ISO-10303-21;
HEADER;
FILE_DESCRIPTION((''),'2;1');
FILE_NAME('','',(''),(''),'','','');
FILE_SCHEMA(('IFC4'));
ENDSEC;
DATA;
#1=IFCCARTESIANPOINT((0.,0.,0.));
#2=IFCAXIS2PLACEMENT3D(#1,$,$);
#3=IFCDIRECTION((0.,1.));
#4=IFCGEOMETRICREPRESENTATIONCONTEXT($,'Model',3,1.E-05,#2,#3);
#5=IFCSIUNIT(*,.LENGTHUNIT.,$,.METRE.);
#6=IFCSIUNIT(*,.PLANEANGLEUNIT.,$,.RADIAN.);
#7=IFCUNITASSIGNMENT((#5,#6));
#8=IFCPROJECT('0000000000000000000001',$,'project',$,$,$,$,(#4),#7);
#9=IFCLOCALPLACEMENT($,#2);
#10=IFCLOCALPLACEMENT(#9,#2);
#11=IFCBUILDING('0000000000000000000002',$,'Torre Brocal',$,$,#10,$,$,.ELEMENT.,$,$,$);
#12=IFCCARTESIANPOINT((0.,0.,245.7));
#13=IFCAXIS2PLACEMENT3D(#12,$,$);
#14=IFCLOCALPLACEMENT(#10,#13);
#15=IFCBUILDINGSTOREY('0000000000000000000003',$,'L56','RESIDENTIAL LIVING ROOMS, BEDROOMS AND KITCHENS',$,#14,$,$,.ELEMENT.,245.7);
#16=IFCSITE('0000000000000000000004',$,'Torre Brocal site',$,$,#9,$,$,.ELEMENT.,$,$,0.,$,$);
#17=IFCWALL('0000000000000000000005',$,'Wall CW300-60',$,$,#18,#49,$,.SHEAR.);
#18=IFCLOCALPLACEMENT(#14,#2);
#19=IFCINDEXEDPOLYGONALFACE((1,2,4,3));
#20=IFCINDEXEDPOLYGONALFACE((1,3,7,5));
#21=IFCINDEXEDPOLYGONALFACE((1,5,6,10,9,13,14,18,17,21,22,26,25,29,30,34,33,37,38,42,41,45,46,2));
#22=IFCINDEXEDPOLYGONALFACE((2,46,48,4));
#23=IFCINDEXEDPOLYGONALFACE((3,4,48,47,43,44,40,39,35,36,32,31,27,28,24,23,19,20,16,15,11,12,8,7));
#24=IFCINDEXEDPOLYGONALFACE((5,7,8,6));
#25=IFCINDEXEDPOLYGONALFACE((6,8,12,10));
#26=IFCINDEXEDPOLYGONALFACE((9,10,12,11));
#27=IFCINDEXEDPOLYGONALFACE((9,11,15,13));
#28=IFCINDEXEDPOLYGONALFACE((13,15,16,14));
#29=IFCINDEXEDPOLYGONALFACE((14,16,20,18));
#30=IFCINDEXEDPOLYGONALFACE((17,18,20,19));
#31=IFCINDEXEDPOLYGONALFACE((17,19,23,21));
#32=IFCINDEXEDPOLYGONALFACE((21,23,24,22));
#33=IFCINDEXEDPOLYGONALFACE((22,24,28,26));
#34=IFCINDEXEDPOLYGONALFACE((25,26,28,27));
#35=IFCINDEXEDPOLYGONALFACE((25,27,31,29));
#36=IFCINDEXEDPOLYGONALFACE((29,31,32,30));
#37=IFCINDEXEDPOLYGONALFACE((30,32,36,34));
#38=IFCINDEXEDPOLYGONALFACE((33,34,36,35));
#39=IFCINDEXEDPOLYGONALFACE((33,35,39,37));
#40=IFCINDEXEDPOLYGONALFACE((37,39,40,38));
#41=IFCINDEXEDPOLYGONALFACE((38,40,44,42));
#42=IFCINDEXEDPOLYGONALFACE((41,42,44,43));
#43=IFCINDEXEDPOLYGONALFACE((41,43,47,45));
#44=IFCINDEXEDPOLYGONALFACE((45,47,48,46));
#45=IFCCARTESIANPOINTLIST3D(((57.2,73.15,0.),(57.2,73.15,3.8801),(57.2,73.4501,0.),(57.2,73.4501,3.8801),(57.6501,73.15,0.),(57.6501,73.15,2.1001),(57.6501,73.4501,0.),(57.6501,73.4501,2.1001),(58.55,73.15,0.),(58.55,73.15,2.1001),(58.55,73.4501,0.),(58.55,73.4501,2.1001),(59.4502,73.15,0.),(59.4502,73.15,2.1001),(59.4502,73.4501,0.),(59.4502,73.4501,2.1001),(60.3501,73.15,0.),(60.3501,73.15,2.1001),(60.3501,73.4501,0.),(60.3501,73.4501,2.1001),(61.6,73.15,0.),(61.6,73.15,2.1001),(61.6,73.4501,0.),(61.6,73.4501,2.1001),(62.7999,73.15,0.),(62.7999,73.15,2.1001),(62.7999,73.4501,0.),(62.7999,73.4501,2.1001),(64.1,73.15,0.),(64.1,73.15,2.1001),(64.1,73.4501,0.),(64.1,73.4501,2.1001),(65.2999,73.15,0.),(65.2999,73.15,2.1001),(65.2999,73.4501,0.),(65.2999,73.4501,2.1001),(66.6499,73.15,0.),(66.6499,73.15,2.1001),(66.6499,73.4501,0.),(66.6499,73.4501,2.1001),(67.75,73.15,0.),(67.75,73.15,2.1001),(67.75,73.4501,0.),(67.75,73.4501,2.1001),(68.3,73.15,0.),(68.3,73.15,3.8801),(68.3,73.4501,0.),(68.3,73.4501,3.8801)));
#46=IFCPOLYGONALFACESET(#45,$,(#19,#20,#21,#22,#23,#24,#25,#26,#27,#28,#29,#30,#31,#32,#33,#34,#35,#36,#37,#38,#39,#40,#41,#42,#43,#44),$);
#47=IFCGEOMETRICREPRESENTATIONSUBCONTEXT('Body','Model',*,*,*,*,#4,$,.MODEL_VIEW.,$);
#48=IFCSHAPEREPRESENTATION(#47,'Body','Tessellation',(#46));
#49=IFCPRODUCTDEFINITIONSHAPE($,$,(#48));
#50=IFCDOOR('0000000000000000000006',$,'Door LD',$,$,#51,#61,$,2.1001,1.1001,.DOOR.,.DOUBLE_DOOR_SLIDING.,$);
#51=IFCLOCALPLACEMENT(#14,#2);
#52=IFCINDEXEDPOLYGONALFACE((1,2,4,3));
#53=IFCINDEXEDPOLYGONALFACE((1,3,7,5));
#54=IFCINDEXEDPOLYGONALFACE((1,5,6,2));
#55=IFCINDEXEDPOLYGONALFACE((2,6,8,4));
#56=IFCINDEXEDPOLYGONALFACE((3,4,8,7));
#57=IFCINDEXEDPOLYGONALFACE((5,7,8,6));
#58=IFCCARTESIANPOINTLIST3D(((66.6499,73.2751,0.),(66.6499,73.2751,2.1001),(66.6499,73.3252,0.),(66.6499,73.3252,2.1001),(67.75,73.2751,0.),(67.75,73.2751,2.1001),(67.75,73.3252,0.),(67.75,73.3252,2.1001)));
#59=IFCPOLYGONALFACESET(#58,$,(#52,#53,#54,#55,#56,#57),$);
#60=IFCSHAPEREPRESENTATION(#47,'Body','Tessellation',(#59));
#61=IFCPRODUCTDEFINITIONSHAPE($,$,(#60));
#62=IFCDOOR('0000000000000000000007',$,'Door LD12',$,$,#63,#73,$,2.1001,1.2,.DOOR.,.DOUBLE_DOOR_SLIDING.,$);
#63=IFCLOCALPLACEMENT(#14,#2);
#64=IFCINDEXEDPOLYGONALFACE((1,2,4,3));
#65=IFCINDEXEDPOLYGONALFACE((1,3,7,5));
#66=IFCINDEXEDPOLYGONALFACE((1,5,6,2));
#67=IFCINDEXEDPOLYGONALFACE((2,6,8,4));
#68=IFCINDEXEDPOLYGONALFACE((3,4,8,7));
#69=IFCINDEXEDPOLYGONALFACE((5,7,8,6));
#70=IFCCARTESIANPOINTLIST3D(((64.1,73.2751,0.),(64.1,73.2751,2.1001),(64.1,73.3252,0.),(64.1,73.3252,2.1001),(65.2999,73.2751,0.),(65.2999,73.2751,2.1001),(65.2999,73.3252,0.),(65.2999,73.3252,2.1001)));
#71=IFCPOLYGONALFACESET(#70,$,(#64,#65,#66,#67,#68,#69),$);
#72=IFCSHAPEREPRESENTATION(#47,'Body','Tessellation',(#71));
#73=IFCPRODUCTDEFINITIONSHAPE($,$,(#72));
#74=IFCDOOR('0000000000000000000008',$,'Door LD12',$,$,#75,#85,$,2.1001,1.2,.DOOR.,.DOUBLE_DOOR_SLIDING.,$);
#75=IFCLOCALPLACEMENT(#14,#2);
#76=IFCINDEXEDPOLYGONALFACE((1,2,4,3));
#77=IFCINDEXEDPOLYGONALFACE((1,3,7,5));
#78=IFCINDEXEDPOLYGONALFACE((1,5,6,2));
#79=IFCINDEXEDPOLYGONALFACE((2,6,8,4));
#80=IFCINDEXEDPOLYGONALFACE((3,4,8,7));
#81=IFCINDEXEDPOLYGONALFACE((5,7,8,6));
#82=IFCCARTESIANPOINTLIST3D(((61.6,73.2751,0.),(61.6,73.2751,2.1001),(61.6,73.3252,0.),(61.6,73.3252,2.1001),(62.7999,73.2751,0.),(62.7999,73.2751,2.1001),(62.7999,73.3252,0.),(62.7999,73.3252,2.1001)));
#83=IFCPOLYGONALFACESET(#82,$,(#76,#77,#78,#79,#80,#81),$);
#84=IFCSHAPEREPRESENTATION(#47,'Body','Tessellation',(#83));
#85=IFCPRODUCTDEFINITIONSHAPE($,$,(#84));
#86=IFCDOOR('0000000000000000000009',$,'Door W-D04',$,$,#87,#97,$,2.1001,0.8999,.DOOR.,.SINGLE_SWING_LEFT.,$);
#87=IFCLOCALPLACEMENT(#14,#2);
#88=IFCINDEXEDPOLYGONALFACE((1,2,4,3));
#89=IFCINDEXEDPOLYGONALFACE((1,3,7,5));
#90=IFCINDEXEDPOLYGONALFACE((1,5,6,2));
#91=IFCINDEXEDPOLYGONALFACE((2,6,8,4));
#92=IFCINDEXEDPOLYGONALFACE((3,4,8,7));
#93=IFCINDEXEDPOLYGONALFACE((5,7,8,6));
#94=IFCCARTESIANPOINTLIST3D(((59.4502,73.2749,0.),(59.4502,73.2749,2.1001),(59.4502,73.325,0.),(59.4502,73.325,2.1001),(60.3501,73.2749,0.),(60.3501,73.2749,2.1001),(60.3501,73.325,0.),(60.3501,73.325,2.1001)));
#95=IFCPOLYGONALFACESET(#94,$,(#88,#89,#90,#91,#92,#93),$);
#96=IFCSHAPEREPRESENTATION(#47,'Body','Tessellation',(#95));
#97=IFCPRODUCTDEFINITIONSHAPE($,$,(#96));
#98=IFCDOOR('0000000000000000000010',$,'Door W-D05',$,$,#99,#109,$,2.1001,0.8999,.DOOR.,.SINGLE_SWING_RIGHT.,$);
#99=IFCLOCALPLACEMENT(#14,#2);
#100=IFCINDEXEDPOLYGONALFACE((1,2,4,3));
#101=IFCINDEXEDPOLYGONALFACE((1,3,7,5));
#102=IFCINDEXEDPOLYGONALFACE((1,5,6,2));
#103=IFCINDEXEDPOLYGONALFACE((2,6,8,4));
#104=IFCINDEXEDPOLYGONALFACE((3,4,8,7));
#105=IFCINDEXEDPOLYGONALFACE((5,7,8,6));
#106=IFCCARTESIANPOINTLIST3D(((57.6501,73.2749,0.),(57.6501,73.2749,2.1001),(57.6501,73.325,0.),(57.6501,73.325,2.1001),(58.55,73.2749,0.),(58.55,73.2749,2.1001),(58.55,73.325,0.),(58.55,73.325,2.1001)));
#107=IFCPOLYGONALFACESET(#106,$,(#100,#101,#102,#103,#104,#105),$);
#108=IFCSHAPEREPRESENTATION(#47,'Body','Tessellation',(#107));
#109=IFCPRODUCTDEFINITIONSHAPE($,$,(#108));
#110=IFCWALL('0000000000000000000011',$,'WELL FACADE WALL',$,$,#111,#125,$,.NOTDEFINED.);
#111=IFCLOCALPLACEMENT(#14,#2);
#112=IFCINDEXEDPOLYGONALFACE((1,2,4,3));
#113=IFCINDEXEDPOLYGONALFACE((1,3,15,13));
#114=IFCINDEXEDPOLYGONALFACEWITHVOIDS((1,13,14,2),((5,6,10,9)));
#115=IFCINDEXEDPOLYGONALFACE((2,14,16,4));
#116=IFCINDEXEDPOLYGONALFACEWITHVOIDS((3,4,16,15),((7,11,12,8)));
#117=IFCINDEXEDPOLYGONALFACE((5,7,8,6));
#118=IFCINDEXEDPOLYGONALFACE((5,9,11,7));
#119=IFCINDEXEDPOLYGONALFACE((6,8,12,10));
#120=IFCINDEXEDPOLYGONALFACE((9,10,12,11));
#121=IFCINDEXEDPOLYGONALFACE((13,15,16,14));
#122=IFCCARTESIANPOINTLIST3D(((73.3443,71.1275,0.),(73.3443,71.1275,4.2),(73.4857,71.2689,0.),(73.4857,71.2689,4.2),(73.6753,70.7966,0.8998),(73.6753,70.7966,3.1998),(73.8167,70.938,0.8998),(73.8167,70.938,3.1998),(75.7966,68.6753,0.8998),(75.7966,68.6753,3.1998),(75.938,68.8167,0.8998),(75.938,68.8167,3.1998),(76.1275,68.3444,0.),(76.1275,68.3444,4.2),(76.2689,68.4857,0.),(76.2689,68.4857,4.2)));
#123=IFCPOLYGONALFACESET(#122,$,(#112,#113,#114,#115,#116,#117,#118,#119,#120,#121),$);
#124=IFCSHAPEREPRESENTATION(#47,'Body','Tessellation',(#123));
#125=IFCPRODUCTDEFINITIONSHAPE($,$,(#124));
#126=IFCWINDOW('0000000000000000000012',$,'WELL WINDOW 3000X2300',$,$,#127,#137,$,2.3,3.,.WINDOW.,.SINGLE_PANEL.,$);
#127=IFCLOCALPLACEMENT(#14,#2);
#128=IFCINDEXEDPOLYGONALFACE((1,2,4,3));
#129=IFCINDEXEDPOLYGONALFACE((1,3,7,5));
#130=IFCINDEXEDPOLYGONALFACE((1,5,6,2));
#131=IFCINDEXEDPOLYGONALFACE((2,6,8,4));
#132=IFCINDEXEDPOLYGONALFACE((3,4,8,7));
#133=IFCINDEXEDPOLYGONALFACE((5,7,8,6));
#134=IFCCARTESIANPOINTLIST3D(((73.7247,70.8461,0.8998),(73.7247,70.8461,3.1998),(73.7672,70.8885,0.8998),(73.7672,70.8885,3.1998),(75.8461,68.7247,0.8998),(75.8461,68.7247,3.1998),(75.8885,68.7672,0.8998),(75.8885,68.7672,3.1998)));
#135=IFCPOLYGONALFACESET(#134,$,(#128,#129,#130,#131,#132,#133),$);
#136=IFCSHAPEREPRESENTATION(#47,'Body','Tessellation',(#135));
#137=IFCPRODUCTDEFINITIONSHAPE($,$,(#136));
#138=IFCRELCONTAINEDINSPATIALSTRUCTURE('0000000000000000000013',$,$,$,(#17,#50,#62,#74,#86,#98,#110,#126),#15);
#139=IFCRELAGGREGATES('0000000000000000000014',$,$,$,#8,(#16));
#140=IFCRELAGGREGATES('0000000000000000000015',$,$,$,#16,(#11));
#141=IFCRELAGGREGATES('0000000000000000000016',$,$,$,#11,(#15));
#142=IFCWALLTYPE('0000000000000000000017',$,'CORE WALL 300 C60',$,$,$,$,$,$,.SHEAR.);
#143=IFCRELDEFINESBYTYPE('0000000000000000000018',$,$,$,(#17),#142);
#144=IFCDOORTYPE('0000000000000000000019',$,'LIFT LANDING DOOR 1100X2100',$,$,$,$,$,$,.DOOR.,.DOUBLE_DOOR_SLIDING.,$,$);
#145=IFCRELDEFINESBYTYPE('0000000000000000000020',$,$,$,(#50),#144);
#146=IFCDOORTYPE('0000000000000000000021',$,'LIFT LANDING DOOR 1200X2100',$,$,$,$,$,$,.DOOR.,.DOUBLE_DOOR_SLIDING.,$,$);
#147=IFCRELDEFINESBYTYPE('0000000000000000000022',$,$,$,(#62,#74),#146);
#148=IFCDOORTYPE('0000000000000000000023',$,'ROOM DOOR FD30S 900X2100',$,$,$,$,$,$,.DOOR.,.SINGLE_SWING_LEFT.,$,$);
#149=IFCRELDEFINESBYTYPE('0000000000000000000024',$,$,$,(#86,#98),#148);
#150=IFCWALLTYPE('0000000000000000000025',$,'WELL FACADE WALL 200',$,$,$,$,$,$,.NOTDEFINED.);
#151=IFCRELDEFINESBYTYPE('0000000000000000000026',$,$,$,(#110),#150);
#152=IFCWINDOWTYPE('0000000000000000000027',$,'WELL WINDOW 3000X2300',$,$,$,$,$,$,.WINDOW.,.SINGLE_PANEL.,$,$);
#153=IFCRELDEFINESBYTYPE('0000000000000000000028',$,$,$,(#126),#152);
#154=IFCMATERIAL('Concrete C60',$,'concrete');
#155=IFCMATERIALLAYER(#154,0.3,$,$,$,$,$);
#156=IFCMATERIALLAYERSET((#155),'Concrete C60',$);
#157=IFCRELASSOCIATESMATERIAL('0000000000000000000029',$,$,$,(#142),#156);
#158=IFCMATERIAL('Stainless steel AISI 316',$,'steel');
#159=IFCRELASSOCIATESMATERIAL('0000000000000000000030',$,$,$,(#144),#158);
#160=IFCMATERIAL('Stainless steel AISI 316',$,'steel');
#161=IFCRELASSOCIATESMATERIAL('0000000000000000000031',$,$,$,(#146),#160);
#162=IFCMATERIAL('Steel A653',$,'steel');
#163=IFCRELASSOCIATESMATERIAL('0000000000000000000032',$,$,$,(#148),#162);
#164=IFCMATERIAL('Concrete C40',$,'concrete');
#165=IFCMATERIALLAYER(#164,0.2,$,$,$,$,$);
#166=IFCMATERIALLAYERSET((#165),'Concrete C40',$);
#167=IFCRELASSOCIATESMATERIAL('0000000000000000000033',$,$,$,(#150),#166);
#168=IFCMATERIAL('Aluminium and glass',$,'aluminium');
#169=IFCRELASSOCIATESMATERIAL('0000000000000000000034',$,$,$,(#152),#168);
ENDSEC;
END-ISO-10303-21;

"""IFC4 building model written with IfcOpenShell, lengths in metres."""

from ifc_helpers import new_model, si_unit, direction, frame, frame_2d, origin, place, context, subcontext, project, spatial, rectangle, extrude, material, layer, layer_set, type_object, element, fill, save


model = new_model("IFC4")

# Units and contexts
model_context = context("Model", 3, precision=1e-05, world=origin(), true_north=direction((0.0, 1.0)))
body_context = subcontext(model_context, "Body", "Model", "MODEL_VIEW")
ifc_project = project(units=[si_unit("LENGTHUNIT", "METRE"), si_unit("PLANEANGLEUNIT", "RADIAN")], contexts=[model_context])

# Site, building, storey
site_placement = place(None, origin())
site = spatial("IfcSite", under=ifc_project, at=site_placement, Name="Torre Brocal site", CompositionType="ELEMENT", RefElevation=0.0)
building_placement = place(site_placement, origin())
building = spatial("IfcBuilding", under=site, at=building_placement, Name="Torre Brocal", CompositionType="ELEMENT")
storey_placement = place(building_placement, frame((0.0, 0.0, 245.7)))
storey = spatial("IfcBuildingStorey", under=building, at=storey_placement, Name="L56", Description="RESIDENTIAL LIVING ROOMS, BEDROOMS AND KITCHENS", CompositionType="ELEMENT", Elevation=245.7)

# Shared definitions
ifc_material_1 = material(Name="Concrete C60", Category="concrete")
ifc_layer_1 = layer(ifc_material_1, 0.3)
ifc_layer_set_1 = layer_set([ifc_layer_1], Name="Concrete C60")
wall_type_1 = type_object("IfcWallType", Name="CORE WALL 300 C60", PredefinedType="SHEAR", material=ifc_layer_set_1)

# Wall, openings, doors
wall_1_placement = place(storey_placement, frame((68.3, 73.3, 0.0), z_axis=(0.0, 0.0, 1.0), x_axis=(-1.0, 0.0, 0.0)))
wall_1 = element("IfcWall", 1, at=wall_1_placement, inside=storey, type_object=wall_type_1, Name="Wall CW300-60", PredefinedType="SHEAR", context=body_context, shape_type="SweptSolid", body=[
    extrude(rectangle(XDim=11.1001, YDim=0.3, at=frame_2d((5.55, 0.0))), origin(), (0.0, 0.0, 1.0), 3.8801),
])
opening_1_placement = place(wall_1_placement, frame((0.55, 0.0, 0.0)))
opening_1 = element("IfcOpeningElement", 2, at=opening_1_placement, cuts=wall_1, PredefinedType="OPENING", context=body_context, shape_type="SweptSolid", body=[
    extrude(rectangle(XDim=1.1001, YDim=2.1001, at=frame_2d((0.55, 1.05))), frame((0.0, 0.1599, 0.0), z_axis=(0.0, -1.0, 0.0), x_axis=(1.0, 0.0, 0.0)), (0.0, 0.0, 1.0), 0.3201),
])
opening_2_placement = place(wall_1_placement, frame((3.0, 0.0, 0.0)))
opening_2 = element("IfcOpeningElement", 3, at=opening_2_placement, cuts=wall_1, PredefinedType="OPENING", context=body_context, shape_type="SweptSolid", body=[
    extrude(rectangle(XDim=1.2, YDim=2.1001, at=frame_2d((0.6001, 1.05))), frame((0.0, 0.1599, 0.0), z_axis=(0.0, -1.0, 0.0), x_axis=(1.0, 0.0, 0.0)), (0.0, 0.0, 1.0), 0.3201),
])
opening_3_placement = place(wall_1_placement, frame((5.5, 0.0, 0.0)))
opening_3 = element("IfcOpeningElement", 4, at=opening_3_placement, cuts=wall_1, PredefinedType="OPENING", context=body_context, shape_type="SweptSolid", body=[
    extrude(rectangle(XDim=1.2, YDim=2.1001, at=frame_2d((0.6001, 1.05))), frame((0.0, 0.1599, 0.0), z_axis=(0.0, -1.0, 0.0), x_axis=(1.0, 0.0, 0.0)), (0.0, 0.0, 1.0), 0.3201),
])
opening_4_placement = place(wall_1_placement, frame((7.95, 0.0, 0.0)))
opening_4 = element("IfcOpeningElement", 5, at=opening_4_placement, cuts=wall_1, PredefinedType="OPENING", context=body_context, shape_type="SweptSolid", body=[
    extrude(rectangle(XDim=0.8999, YDim=2.1001, at=frame_2d((0.45, 1.05))), frame((0.0, 0.1599, 0.0), z_axis=(0.0, -1.0, 0.0), x_axis=(1.0, 0.0, 0.0)), (0.0, 0.0, 1.0), 0.3201),
])
opening_5_placement = place(wall_1_placement, frame((9.75, 0.0, 0.0)))
opening_5 = element("IfcOpeningElement", 6, at=opening_5_placement, cuts=wall_1, PredefinedType="OPENING", context=body_context, shape_type="SweptSolid", body=[
    extrude(rectangle(XDim=0.8999, YDim=2.1001, at=frame_2d((0.45, 1.05))), frame((0.0, 0.1599, 0.0), z_axis=(0.0, -1.0, 0.0), x_axis=(1.0, 0.0, 0.0)), (0.0, 0.0, 1.0), 0.3201),
])
ifc_material_2 = material(Name="Stainless steel AISI 316", Category="steel")
door_type_1 = type_object("IfcDoorType", Name="LIFT LANDING DOOR 1100X2100", OperationType="DOUBLE_DOOR_SLIDING", PredefinedType="DOOR", material=ifc_material_2)
door_1_placement = place(opening_1_placement, origin())
door_1 = element("IfcDoor", 7, at=door_1_placement, inside=storey, type_object=door_type_1, Name="Door LD", OperationType="DOUBLE_DOOR_SLIDING", OverallHeight=2.1001, OverallWidth=1.1001, PredefinedType="DOOR", context=body_context, shape_type="SweptSolid", body=[
    extrude(rectangle(XDim=1.1001, YDim=2.1001, at=frame_2d((0.55, 1.05))), frame((0.0, 0.0249, 0.0), z_axis=(0.0, -1.0, 0.0), x_axis=(1.0, 0.0, 0.0)), (0.0, 0.0, 1.0), 0.05),
])
fill(opening_1, door_1)
ifc_material_3 = material(Name="Stainless steel AISI 316", Category="steel")
door_type_2 = type_object("IfcDoorType", Name="LIFT LANDING DOOR 1200X2100", OperationType="DOUBLE_DOOR_SLIDING", PredefinedType="DOOR", material=ifc_material_3)
door_2_placement = place(opening_2_placement, origin())
door_2 = element("IfcDoor", 8, at=door_2_placement, inside=storey, type_object=door_type_2, Name="Door LD12", OperationType="DOUBLE_DOOR_SLIDING", OverallHeight=2.1001, OverallWidth=1.2, PredefinedType="DOOR", context=body_context, shape_type="SweptSolid", body=[
    extrude(rectangle(XDim=1.2, YDim=2.1001, at=frame_2d((0.6001, 1.05))), frame((0.0, 0.0249, 0.0), z_axis=(0.0, -1.0, 0.0), x_axis=(1.0, 0.0, 0.0)), (0.0, 0.0, 1.0), 0.05),
])
fill(opening_2, door_2)
door_3_placement = place(opening_3_placement, origin())
door_3 = element("IfcDoor", 9, at=door_3_placement, inside=storey, type_object=door_type_2, Name="Door LD12", OperationType="DOUBLE_DOOR_SLIDING", OverallHeight=2.1001, OverallWidth=1.2, PredefinedType="DOOR", context=body_context, shape_type="SweptSolid", body=[
    extrude(rectangle(XDim=1.2, YDim=2.1001, at=frame_2d((0.6001, 1.05))), frame((0.0, 0.0249, 0.0), z_axis=(0.0, -1.0, 0.0), x_axis=(1.0, 0.0, 0.0)), (0.0, 0.0, 1.0), 0.05),
])
fill(opening_3, door_3)
ifc_material_4 = material(Name="Steel A653", Category="steel")
door_type_3 = type_object("IfcDoorType", Name="ROOM DOOR FD30S 900X2100", OperationType="SINGLE_SWING_LEFT", PredefinedType="DOOR", material=ifc_material_4)
door_4_placement = place(opening_4_placement, frame((0.8999, 0.0, 0.0), z_axis=(0.0, 0.0, 1.0), x_axis=(-1.0, 0.0, 0.0)))
door_4 = element("IfcDoor", 10, at=door_4_placement, inside=storey, type_object=door_type_3, Name="Door W-D04", OperationType="SINGLE_SWING_LEFT", OverallHeight=2.1001, OverallWidth=0.8999, PredefinedType="DOOR", context=body_context, shape_type="SweptSolid", body=[
    extrude(rectangle(XDim=0.8999, YDim=2.1001, at=frame_2d((0.45, 1.05))), frame((0.0, 0.0249, 0.0), z_axis=(0.0, -1.0, 0.0), x_axis=(1.0, 0.0, 0.0)), (0.0, 0.0, 1.0), 0.05),
])
fill(opening_4, door_4)
door_5_placement = place(opening_5_placement, frame((0.8999, 0.0, 0.0), z_axis=(0.0, 0.0, 1.0), x_axis=(-1.0, 0.0, 0.0)))
door_5 = element("IfcDoor", 11, at=door_5_placement, inside=storey, type_object=door_type_3, Name="Door W-D05", OperationType="SINGLE_SWING_RIGHT", OverallHeight=2.1001, OverallWidth=0.8999, PredefinedType="DOOR", context=body_context, shape_type="SweptSolid", body=[
    extrude(rectangle(XDim=0.8999, YDim=2.1001, at=frame_2d((0.45, 1.05))), frame((0.0, 0.0249, 0.0), z_axis=(0.0, -1.0, 0.0), x_axis=(1.0, 0.0, 0.0)), (0.0, 0.0, 1.0), 0.05),
])
fill(opening_5, door_5)

# Wall, opening, window
ifc_material_5 = material(Name="Concrete C40", Category="concrete")
ifc_layer_2 = layer(ifc_material_5, 0.2)
ifc_layer_set_2 = layer_set([ifc_layer_2], Name="Concrete C40")
wall_type_2 = type_object("IfcWallType", Name="WELL FACADE WALL 200", PredefinedType="NOTDEFINED", material=ifc_layer_set_2)
wall_2_placement = place(storey_placement, frame((73.415, 71.1982, 0.0), z_axis=(0.0, 0.0, 1.0), x_axis=(0.707107, -0.707107, 0.0)))
wall_2 = element("IfcWall", 12, at=wall_2_placement, inside=storey, type_object=wall_type_2, Name="WELL FACADE WALL", PredefinedType="NOTDEFINED", context=body_context, shape_type="SweptSolid", body=[
    extrude(rectangle(XDim=3.936, YDim=0.2, at=frame_2d((1.968, 0.0))), origin(), (0.0, 0.0, 1.0), 4.2),
])
opening_6_placement = place(wall_2_placement, frame((0.468, 0.0, 0.8999)))
opening_6 = element("IfcOpeningElement", 13, at=opening_6_placement, cuts=wall_2, PredefinedType="OPENING", context=body_context, shape_type="SweptSolid", body=[
    extrude(rectangle(XDim=3.0, YDim=2.3, at=frame_2d((1.5, 1.1499))), frame((0.0, 0.1099, 0.0), z_axis=(0.0, -1.0, 0.0), x_axis=(1.0, 0.0, 0.0)), (0.0, 0.0, 1.0), 0.22),
])
ifc_material_6 = material(Name="Aluminium and glass", Category="aluminium")
window_type = type_object("IfcWindowType", Name="WELL WINDOW 3000X2300", PartitioningType="SINGLE_PANEL", PredefinedType="WINDOW", material=ifc_material_6)
window_1_placement = place(opening_6_placement, origin())
window_1 = element("IfcWindow", 14, at=window_1_placement, inside=storey, type_object=window_type, Name="WELL WINDOW 3000X2300", OverallHeight=2.3, OverallWidth=3.0, PartitioningType="SINGLE_PANEL", PredefinedType="WINDOW", context=body_context, shape_type="SweptSolid", body=[
    extrude(rectangle(XDim=3.0, YDim=2.3, at=frame_2d((1.5, 1.1499))), frame((0.0, 0.03, 0.0), z_axis=(0.0, -1.0, 0.0), x_axis=(1.0, 0.0, 0.0)), (0.0, 0.0, 1.0), 0.0601),
])
fill(opening_6, window_1)

save(model, "model.ifc")
